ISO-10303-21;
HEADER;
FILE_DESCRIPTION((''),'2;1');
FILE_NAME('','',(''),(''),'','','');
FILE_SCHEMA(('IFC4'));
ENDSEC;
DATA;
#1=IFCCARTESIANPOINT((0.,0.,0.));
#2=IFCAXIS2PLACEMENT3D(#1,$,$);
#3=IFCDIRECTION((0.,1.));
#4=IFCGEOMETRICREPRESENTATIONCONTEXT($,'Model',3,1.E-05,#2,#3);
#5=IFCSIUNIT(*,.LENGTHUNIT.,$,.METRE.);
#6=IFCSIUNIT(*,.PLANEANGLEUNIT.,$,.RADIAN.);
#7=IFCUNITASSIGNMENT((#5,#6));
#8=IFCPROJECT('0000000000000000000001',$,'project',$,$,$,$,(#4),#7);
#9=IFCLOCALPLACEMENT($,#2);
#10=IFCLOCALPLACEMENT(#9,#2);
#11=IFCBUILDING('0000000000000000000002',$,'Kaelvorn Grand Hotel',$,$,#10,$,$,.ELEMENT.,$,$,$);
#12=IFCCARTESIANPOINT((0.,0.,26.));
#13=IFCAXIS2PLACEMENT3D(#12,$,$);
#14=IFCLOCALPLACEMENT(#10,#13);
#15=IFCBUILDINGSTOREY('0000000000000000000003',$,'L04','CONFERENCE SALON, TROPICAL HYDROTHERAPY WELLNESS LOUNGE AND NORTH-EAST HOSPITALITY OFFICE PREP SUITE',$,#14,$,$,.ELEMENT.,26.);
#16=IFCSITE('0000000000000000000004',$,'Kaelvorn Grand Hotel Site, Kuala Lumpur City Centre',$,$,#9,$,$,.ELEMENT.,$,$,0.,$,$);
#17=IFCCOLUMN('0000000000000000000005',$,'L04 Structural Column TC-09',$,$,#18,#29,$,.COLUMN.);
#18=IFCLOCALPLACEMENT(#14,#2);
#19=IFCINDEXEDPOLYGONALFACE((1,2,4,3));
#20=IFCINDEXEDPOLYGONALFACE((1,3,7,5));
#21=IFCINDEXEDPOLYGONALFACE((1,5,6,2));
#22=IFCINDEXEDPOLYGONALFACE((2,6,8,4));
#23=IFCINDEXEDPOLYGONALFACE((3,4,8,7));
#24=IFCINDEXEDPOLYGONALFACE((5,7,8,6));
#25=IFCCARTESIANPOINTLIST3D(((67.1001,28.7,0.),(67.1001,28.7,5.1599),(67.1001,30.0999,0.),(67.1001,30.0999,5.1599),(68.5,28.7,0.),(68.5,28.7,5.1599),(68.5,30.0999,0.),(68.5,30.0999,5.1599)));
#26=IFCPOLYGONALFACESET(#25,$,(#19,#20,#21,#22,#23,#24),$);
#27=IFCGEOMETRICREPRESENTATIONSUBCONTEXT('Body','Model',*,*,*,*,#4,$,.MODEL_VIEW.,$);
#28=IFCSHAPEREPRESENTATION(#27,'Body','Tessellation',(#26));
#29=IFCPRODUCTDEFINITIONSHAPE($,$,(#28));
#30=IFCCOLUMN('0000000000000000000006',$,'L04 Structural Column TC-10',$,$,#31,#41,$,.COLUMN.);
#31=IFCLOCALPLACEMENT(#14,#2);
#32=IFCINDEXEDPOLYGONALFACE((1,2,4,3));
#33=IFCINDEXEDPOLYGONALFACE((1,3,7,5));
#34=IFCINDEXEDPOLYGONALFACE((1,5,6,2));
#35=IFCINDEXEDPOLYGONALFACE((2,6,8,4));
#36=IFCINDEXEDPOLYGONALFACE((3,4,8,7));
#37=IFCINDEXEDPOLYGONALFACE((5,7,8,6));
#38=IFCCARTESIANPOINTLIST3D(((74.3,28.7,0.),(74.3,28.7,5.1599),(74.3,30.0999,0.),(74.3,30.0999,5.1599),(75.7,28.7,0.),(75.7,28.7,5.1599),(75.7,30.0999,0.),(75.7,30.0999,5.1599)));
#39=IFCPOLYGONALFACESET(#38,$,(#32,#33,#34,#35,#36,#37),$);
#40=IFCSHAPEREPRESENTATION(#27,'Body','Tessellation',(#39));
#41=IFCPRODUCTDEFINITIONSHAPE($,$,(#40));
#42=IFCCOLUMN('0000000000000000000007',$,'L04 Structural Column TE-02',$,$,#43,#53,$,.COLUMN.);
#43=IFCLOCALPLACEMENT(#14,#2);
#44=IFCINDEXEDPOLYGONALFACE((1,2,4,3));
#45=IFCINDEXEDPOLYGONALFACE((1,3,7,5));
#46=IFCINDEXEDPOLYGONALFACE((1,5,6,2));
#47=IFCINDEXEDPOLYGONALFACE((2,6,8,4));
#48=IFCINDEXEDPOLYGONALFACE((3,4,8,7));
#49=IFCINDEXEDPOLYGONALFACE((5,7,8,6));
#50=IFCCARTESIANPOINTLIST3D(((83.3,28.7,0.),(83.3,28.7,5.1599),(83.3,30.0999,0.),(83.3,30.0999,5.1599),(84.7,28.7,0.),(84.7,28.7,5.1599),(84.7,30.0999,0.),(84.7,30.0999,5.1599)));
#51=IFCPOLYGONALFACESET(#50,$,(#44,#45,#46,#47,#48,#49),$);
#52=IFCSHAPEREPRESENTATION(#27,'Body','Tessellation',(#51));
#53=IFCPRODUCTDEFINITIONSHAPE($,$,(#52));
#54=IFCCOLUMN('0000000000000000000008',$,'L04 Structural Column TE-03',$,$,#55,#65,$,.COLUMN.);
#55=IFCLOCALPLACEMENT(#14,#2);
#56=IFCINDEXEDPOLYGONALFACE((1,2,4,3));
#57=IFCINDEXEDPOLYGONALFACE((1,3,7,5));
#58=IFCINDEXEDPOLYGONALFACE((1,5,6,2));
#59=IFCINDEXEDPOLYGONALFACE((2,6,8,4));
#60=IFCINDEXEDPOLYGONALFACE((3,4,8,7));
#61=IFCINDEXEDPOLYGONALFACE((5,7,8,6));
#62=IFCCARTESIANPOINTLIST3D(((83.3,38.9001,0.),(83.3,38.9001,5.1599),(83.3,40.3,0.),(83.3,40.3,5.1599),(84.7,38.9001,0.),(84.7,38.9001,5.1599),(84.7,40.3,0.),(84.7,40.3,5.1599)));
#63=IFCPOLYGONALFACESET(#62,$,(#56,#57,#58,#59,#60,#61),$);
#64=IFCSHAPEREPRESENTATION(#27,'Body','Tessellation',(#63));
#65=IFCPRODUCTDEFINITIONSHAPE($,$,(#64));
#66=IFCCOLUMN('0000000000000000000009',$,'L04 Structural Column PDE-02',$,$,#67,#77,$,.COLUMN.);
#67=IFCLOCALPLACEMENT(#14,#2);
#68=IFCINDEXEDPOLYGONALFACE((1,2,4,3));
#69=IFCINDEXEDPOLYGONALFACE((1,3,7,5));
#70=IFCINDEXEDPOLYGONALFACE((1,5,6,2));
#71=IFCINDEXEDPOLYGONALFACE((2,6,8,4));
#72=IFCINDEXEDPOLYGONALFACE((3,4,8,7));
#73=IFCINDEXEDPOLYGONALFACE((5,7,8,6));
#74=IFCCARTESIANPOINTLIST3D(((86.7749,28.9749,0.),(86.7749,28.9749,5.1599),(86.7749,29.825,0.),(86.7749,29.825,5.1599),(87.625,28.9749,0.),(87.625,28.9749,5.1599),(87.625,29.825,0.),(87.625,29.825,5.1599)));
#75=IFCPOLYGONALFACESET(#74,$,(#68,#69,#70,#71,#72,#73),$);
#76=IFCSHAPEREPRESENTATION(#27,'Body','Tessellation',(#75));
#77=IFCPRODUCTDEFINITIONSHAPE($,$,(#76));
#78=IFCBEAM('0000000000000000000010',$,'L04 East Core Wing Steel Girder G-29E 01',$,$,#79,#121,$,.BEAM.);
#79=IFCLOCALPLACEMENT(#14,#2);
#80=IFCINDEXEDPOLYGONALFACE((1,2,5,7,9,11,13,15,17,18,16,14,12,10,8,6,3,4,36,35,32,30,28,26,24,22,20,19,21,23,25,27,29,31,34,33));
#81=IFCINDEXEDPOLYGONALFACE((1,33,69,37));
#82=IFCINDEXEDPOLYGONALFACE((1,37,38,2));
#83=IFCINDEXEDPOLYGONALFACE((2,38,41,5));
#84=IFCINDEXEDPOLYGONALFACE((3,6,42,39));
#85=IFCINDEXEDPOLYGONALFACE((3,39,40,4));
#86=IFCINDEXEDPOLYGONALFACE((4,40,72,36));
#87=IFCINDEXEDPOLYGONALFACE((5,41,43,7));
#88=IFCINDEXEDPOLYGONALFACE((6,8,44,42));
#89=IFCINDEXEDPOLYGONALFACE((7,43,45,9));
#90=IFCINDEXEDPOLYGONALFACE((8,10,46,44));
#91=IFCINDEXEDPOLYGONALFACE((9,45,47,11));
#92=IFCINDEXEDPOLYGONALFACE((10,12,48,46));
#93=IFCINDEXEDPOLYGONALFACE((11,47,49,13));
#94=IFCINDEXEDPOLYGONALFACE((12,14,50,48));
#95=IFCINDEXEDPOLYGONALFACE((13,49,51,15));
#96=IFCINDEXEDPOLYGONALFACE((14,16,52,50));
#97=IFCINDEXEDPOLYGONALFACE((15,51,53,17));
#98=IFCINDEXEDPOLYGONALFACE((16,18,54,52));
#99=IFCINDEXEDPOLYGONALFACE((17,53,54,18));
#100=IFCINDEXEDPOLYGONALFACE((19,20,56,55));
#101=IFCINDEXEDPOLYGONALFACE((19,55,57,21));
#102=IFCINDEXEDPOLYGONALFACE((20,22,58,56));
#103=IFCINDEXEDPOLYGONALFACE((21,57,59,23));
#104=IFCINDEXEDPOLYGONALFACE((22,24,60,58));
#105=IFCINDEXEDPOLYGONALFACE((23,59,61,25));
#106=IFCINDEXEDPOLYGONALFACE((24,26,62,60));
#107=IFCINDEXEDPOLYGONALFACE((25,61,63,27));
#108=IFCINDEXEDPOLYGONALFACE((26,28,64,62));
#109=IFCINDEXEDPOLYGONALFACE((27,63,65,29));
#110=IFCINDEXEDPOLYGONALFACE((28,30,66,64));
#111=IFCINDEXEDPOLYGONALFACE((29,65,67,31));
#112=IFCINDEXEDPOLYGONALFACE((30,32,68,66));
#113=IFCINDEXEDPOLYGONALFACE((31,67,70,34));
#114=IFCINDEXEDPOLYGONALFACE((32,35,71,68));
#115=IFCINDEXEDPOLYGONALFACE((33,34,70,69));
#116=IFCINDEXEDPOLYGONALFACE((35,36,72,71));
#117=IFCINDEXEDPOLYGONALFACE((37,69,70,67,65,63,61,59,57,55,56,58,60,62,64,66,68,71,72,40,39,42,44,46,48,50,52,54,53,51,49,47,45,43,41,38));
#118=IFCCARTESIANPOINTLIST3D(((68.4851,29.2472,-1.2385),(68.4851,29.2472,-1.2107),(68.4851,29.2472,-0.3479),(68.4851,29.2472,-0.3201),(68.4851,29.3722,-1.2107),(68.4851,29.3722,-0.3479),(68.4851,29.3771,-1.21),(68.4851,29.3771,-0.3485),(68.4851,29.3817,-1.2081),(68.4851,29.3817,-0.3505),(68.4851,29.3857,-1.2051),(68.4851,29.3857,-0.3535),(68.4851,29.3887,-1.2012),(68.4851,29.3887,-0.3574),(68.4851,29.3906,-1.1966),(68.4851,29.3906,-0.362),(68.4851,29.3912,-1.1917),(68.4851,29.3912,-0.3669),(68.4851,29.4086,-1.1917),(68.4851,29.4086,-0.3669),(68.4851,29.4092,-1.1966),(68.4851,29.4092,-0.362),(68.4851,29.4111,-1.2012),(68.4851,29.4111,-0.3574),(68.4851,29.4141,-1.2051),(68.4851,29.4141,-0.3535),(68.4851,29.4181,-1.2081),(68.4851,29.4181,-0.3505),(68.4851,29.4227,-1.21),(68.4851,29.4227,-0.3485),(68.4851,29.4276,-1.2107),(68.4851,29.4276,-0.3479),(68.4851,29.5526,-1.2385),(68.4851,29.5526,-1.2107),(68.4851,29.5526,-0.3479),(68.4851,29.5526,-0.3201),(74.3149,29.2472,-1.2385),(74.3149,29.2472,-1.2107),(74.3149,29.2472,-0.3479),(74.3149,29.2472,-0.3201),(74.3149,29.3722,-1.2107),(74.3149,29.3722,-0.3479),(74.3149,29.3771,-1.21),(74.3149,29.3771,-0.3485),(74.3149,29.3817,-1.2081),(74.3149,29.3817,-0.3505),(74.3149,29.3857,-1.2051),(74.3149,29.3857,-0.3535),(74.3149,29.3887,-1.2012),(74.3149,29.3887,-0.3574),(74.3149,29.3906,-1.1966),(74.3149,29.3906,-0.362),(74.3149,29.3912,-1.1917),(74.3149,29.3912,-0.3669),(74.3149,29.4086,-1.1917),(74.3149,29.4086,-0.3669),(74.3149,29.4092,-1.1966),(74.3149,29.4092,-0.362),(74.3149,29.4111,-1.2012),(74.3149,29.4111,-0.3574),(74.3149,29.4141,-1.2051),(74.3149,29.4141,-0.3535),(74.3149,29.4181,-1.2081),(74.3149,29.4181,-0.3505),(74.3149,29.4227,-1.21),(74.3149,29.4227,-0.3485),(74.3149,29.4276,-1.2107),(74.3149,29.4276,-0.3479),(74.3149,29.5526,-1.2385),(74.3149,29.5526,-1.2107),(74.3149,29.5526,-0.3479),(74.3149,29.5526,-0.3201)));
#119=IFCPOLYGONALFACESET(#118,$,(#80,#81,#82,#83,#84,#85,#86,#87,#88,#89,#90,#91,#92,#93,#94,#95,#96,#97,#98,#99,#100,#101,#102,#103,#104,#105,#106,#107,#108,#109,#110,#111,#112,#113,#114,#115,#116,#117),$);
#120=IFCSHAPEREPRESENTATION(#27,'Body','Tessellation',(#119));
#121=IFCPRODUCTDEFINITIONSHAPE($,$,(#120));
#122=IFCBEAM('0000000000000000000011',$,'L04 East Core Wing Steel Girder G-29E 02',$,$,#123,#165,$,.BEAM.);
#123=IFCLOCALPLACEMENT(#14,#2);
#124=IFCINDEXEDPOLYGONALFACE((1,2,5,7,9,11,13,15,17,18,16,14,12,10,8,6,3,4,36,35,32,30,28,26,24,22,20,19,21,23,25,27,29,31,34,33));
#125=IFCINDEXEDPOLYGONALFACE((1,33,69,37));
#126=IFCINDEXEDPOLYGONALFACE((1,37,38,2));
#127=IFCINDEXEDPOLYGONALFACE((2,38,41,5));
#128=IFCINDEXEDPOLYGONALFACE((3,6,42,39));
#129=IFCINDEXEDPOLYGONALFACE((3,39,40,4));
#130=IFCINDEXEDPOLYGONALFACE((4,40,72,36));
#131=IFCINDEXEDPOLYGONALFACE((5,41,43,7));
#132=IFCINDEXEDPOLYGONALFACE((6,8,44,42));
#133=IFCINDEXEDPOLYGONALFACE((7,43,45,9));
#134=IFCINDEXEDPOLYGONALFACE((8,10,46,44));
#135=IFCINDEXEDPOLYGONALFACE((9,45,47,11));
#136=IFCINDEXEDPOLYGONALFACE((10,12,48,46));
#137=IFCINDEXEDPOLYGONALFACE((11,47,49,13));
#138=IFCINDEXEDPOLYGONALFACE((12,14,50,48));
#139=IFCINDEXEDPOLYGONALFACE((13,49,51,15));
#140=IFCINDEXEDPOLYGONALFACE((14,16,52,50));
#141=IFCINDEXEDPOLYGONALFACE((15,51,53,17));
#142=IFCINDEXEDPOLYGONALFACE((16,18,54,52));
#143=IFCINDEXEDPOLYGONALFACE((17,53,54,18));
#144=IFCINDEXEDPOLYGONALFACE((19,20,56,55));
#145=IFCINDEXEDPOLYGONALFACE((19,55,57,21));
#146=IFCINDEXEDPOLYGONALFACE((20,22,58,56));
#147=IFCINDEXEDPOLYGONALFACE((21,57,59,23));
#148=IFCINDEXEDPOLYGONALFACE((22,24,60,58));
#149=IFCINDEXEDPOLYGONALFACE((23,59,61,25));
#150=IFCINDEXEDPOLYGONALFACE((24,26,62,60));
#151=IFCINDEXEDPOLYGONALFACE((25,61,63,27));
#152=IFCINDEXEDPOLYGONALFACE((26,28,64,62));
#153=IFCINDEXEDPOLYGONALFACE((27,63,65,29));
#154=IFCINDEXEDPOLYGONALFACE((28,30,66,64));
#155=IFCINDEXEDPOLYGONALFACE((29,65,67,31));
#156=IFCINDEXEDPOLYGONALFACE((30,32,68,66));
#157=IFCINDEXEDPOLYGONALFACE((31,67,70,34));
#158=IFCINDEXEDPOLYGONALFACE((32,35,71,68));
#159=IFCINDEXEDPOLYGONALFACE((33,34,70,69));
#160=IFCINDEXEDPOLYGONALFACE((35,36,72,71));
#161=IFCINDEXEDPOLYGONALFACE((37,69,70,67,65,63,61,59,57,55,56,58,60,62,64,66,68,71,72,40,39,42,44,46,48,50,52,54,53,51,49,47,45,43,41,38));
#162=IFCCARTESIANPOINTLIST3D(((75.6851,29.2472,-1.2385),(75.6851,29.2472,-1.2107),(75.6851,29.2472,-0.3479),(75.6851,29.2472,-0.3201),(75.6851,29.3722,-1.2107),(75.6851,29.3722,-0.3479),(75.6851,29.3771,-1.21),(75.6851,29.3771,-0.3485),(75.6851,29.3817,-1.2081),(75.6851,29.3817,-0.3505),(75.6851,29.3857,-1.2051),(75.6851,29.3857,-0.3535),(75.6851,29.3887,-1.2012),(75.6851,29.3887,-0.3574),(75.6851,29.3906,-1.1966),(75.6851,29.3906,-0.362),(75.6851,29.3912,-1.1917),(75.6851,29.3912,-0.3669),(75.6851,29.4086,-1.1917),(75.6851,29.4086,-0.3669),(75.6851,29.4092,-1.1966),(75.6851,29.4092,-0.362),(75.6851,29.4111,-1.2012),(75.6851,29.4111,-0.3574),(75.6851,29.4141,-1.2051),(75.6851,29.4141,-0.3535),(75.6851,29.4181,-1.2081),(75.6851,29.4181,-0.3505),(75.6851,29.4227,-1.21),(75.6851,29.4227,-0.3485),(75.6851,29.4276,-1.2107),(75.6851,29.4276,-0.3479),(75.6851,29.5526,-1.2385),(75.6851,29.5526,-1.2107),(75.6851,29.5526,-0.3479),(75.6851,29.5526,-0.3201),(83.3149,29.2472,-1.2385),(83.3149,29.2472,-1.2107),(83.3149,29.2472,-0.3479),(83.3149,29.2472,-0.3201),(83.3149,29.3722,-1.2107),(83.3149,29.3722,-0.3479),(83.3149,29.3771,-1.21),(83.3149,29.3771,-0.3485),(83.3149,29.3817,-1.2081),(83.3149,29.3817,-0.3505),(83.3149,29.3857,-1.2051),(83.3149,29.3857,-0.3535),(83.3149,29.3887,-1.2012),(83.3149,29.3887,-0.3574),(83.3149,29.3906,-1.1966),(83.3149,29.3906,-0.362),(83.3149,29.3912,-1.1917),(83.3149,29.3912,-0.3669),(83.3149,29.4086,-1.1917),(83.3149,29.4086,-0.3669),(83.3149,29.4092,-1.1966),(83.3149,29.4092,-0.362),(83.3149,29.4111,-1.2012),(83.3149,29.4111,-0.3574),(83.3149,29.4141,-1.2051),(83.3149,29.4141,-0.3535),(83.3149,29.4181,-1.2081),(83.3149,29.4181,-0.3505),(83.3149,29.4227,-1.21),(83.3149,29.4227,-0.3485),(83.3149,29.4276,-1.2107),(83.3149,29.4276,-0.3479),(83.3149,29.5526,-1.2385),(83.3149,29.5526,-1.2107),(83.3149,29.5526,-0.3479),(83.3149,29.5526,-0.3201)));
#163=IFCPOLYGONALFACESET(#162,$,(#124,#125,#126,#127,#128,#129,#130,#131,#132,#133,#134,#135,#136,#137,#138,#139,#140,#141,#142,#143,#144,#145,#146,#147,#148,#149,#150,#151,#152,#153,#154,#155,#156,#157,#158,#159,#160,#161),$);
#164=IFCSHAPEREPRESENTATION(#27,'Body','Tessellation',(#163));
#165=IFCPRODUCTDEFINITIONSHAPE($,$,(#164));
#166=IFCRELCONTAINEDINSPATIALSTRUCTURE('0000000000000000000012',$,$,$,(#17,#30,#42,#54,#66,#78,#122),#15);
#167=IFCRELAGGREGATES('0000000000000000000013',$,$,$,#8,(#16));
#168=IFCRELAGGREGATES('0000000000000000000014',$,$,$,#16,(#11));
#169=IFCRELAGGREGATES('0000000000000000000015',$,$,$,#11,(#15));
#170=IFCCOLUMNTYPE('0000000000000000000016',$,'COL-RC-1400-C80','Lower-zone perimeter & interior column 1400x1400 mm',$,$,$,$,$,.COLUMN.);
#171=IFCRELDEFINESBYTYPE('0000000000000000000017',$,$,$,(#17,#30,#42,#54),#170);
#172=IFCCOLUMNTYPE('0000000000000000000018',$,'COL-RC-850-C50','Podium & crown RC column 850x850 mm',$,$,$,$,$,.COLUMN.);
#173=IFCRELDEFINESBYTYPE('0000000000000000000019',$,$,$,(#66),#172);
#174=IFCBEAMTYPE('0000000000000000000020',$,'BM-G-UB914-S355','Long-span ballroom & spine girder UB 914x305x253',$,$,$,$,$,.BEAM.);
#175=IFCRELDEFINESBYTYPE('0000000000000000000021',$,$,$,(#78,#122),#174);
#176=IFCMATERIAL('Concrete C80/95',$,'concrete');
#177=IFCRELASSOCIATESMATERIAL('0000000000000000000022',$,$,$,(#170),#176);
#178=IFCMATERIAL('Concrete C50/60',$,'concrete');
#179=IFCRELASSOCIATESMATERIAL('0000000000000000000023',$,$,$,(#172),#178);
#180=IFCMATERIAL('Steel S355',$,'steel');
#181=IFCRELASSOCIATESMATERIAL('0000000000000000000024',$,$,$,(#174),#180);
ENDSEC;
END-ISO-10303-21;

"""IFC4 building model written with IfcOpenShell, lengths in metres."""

from ifc_helpers import new_model, si_unit, direction, frame, origin, origin_2d, place, context, subcontext, project, spatial, rectangle, i_section, extrude, material, material_profile, profile_set, type_object, element, save


model = new_model("IFC4")

# Units and contexts
model_context = context("Model", 3, precision=1e-05, world=origin(), true_north=direction((0.0, 1.0)))
body_context = subcontext(model_context, "Body", "Model", "MODEL_VIEW")
ifc_project = project(units=[si_unit("LENGTHUNIT", "METRE"), si_unit("PLANEANGLEUNIT", "RADIAN")], contexts=[model_context])

# Site, building, storey
site_placement = place(None, origin())
site = spatial("IfcSite", under=ifc_project, at=site_placement, Name="Kaelvorn Grand Hotel Site, Kuala Lumpur City Centre", CompositionType="ELEMENT", RefElevation=0.0)
building_placement = place(site_placement, origin())
building = spatial("IfcBuilding", under=site, at=building_placement, Name="Kaelvorn Grand Hotel", CompositionType="ELEMENT")
storey_placement = place(building_placement, frame((0.0, 0.0, 26.0)))
storey = spatial("IfcBuildingStorey", under=building, at=storey_placement, Name="L04", Description="CONFERENCE SALON, TROPICAL HYDROTHERAPY WELLNESS LOUNGE AND NORTH-EAST HOSPITALITY OFFICE PREP SUITE", CompositionType="ELEMENT", Elevation=26.0)

# Columns
ifc_material_1 = material(Name="Concrete C80/95", Category="concrete")
ifc_material_profile_1 = material_profile(ifc_material_1, rectangle(XDim=1.3999, YDim=1.3999, at=origin_2d()), Name="RC COL 1400x1400")
ifc_profile_set_1 = profile_set([ifc_material_profile_1], Name="Concrete C80/95")
column_type_1 = type_object("IfcColumnType", Name="COL-RC-1400-C80", Description="Lower-zone perimeter & interior column 1400x1400 mm", PredefinedType="COLUMN", material=ifc_profile_set_1)
for number, where, z_axis, x_axis, name in (
    (1, (67.8, 29.3999, 0.0), (0.0, 0.0, 1.0), (1.0, 0.0, 0.0), "L04 Structural Column TC-09"),
    (2, (75.0, 29.3999, 0.0), (0.0, 0.0, 1.0), (1.0, 0.0, 0.0), "L04 Structural Column TC-10"),
    (3, (84.0, 29.3999, 0.0), (0.0, 0.0, 1.0), (1.0, 0.0, 0.0), "L04 Structural Column TE-02"),
    (4, (84.0, 39.6001, 0.0), (0.0, 0.0, 1.0), (1.0, 0.0, 0.0), "L04 Structural Column TE-03"),
):
    element("IfcColumn", number, at=place(storey_placement, frame(where, z_axis=z_axis, x_axis=x_axis)), inside=storey, type_object=column_type_1, Name=name, PredefinedType="COLUMN", context=body_context, shape_type="SweptSolid", body=[
        extrude(rectangle(XDim=1.3999, YDim=1.3999, at=origin_2d()), origin(), (0.0, 0.0, 1.0), 5.1599),
    ])
ifc_material_2 = material(Name="Concrete C50/60", Category="concrete")
ifc_material_profile_2 = material_profile(ifc_material_2, rectangle(XDim=0.8501, YDim=0.8501, at=origin_2d()), Name="RC COL 850x850")
ifc_profile_set_2 = profile_set([ifc_material_profile_2], Name="Concrete C50/60")
column_type_2 = type_object("IfcColumnType", Name="COL-RC-850-C50", Description="Podium & crown RC column 850x850 mm", PredefinedType="COLUMN", material=ifc_profile_set_2)
column_placement = place(storey_placement, frame((87.2, 29.3999, 0.0), z_axis=(0.0, 0.0, 1.0), x_axis=(1.0, 0.0, 0.0)))
element("IfcColumn", 5, at=column_placement, inside=storey, type_object=column_type_2, Name="L04 Structural Column PDE-02", PredefinedType="COLUMN", context=body_context, shape_type="SweptSolid", body=[
    extrude(rectangle(XDim=0.8501, YDim=0.8501, at=origin_2d()), origin(), (0.0, 0.0, 1.0), 5.1599),
])

# Beams
ifc_material_3 = material(Name="Steel S355", Category="steel")
ifc_material_profile_3 = material_profile(ifc_material_3, i_section(OverallWidth=0.3054, OverallDepth=0.9185, WebThickness=0.0173, FlangeThickness=0.0278, FilletRadius=0.019, at=origin_2d()), Name="UB 914x305x253")
ifc_profile_set_3 = profile_set([ifc_material_profile_3], Name="Steel S355")
beam_type_1 = type_object("IfcBeamType", Name="BM-G-UB914-S355", Description="Long-span ballroom & spine girder UB 914x305x253", PredefinedType="BEAM", material=ifc_profile_set_3)
beam_1_placement = place(storey_placement, frame((68.4851, 29.3999, -0.7793), z_axis=(1.0, 0.0, 0.0), x_axis=(0.0, 1.0, 0.0)))
element("IfcBeam", 6, at=beam_1_placement, inside=storey, type_object=beam_type_1, Name="L04 East Core Wing Steel Girder G-29E 01", PredefinedType="BEAM", context=body_context, shape_type="SweptSolid", body=[
    extrude(i_section(OverallWidth=0.3054, OverallDepth=0.9185, WebThickness=0.0173, FlangeThickness=0.0278, FilletRadius=0.019, at=origin_2d()), origin(), (0.0, 0.0, 1.0), 5.8298),
])
beam_2_placement = place(storey_placement, frame((75.6851, 29.3999, -0.7793), z_axis=(1.0, 0.0, 0.0), x_axis=(0.0, 1.0, 0.0)))
element("IfcBeam", 7, at=beam_2_placement, inside=storey, type_object=beam_type_1, Name="L04 East Core Wing Steel Girder G-29E 02", PredefinedType="BEAM", context=body_context, shape_type="SweptSolid", body=[
    extrude(i_section(OverallWidth=0.3054, OverallDepth=0.9185, WebThickness=0.0173, FlangeThickness=0.0278, FilletRadius=0.019, at=origin_2d()), origin(), (0.0, 0.0, 1.0), 7.6299),
])

save(model, "model.ifc")
